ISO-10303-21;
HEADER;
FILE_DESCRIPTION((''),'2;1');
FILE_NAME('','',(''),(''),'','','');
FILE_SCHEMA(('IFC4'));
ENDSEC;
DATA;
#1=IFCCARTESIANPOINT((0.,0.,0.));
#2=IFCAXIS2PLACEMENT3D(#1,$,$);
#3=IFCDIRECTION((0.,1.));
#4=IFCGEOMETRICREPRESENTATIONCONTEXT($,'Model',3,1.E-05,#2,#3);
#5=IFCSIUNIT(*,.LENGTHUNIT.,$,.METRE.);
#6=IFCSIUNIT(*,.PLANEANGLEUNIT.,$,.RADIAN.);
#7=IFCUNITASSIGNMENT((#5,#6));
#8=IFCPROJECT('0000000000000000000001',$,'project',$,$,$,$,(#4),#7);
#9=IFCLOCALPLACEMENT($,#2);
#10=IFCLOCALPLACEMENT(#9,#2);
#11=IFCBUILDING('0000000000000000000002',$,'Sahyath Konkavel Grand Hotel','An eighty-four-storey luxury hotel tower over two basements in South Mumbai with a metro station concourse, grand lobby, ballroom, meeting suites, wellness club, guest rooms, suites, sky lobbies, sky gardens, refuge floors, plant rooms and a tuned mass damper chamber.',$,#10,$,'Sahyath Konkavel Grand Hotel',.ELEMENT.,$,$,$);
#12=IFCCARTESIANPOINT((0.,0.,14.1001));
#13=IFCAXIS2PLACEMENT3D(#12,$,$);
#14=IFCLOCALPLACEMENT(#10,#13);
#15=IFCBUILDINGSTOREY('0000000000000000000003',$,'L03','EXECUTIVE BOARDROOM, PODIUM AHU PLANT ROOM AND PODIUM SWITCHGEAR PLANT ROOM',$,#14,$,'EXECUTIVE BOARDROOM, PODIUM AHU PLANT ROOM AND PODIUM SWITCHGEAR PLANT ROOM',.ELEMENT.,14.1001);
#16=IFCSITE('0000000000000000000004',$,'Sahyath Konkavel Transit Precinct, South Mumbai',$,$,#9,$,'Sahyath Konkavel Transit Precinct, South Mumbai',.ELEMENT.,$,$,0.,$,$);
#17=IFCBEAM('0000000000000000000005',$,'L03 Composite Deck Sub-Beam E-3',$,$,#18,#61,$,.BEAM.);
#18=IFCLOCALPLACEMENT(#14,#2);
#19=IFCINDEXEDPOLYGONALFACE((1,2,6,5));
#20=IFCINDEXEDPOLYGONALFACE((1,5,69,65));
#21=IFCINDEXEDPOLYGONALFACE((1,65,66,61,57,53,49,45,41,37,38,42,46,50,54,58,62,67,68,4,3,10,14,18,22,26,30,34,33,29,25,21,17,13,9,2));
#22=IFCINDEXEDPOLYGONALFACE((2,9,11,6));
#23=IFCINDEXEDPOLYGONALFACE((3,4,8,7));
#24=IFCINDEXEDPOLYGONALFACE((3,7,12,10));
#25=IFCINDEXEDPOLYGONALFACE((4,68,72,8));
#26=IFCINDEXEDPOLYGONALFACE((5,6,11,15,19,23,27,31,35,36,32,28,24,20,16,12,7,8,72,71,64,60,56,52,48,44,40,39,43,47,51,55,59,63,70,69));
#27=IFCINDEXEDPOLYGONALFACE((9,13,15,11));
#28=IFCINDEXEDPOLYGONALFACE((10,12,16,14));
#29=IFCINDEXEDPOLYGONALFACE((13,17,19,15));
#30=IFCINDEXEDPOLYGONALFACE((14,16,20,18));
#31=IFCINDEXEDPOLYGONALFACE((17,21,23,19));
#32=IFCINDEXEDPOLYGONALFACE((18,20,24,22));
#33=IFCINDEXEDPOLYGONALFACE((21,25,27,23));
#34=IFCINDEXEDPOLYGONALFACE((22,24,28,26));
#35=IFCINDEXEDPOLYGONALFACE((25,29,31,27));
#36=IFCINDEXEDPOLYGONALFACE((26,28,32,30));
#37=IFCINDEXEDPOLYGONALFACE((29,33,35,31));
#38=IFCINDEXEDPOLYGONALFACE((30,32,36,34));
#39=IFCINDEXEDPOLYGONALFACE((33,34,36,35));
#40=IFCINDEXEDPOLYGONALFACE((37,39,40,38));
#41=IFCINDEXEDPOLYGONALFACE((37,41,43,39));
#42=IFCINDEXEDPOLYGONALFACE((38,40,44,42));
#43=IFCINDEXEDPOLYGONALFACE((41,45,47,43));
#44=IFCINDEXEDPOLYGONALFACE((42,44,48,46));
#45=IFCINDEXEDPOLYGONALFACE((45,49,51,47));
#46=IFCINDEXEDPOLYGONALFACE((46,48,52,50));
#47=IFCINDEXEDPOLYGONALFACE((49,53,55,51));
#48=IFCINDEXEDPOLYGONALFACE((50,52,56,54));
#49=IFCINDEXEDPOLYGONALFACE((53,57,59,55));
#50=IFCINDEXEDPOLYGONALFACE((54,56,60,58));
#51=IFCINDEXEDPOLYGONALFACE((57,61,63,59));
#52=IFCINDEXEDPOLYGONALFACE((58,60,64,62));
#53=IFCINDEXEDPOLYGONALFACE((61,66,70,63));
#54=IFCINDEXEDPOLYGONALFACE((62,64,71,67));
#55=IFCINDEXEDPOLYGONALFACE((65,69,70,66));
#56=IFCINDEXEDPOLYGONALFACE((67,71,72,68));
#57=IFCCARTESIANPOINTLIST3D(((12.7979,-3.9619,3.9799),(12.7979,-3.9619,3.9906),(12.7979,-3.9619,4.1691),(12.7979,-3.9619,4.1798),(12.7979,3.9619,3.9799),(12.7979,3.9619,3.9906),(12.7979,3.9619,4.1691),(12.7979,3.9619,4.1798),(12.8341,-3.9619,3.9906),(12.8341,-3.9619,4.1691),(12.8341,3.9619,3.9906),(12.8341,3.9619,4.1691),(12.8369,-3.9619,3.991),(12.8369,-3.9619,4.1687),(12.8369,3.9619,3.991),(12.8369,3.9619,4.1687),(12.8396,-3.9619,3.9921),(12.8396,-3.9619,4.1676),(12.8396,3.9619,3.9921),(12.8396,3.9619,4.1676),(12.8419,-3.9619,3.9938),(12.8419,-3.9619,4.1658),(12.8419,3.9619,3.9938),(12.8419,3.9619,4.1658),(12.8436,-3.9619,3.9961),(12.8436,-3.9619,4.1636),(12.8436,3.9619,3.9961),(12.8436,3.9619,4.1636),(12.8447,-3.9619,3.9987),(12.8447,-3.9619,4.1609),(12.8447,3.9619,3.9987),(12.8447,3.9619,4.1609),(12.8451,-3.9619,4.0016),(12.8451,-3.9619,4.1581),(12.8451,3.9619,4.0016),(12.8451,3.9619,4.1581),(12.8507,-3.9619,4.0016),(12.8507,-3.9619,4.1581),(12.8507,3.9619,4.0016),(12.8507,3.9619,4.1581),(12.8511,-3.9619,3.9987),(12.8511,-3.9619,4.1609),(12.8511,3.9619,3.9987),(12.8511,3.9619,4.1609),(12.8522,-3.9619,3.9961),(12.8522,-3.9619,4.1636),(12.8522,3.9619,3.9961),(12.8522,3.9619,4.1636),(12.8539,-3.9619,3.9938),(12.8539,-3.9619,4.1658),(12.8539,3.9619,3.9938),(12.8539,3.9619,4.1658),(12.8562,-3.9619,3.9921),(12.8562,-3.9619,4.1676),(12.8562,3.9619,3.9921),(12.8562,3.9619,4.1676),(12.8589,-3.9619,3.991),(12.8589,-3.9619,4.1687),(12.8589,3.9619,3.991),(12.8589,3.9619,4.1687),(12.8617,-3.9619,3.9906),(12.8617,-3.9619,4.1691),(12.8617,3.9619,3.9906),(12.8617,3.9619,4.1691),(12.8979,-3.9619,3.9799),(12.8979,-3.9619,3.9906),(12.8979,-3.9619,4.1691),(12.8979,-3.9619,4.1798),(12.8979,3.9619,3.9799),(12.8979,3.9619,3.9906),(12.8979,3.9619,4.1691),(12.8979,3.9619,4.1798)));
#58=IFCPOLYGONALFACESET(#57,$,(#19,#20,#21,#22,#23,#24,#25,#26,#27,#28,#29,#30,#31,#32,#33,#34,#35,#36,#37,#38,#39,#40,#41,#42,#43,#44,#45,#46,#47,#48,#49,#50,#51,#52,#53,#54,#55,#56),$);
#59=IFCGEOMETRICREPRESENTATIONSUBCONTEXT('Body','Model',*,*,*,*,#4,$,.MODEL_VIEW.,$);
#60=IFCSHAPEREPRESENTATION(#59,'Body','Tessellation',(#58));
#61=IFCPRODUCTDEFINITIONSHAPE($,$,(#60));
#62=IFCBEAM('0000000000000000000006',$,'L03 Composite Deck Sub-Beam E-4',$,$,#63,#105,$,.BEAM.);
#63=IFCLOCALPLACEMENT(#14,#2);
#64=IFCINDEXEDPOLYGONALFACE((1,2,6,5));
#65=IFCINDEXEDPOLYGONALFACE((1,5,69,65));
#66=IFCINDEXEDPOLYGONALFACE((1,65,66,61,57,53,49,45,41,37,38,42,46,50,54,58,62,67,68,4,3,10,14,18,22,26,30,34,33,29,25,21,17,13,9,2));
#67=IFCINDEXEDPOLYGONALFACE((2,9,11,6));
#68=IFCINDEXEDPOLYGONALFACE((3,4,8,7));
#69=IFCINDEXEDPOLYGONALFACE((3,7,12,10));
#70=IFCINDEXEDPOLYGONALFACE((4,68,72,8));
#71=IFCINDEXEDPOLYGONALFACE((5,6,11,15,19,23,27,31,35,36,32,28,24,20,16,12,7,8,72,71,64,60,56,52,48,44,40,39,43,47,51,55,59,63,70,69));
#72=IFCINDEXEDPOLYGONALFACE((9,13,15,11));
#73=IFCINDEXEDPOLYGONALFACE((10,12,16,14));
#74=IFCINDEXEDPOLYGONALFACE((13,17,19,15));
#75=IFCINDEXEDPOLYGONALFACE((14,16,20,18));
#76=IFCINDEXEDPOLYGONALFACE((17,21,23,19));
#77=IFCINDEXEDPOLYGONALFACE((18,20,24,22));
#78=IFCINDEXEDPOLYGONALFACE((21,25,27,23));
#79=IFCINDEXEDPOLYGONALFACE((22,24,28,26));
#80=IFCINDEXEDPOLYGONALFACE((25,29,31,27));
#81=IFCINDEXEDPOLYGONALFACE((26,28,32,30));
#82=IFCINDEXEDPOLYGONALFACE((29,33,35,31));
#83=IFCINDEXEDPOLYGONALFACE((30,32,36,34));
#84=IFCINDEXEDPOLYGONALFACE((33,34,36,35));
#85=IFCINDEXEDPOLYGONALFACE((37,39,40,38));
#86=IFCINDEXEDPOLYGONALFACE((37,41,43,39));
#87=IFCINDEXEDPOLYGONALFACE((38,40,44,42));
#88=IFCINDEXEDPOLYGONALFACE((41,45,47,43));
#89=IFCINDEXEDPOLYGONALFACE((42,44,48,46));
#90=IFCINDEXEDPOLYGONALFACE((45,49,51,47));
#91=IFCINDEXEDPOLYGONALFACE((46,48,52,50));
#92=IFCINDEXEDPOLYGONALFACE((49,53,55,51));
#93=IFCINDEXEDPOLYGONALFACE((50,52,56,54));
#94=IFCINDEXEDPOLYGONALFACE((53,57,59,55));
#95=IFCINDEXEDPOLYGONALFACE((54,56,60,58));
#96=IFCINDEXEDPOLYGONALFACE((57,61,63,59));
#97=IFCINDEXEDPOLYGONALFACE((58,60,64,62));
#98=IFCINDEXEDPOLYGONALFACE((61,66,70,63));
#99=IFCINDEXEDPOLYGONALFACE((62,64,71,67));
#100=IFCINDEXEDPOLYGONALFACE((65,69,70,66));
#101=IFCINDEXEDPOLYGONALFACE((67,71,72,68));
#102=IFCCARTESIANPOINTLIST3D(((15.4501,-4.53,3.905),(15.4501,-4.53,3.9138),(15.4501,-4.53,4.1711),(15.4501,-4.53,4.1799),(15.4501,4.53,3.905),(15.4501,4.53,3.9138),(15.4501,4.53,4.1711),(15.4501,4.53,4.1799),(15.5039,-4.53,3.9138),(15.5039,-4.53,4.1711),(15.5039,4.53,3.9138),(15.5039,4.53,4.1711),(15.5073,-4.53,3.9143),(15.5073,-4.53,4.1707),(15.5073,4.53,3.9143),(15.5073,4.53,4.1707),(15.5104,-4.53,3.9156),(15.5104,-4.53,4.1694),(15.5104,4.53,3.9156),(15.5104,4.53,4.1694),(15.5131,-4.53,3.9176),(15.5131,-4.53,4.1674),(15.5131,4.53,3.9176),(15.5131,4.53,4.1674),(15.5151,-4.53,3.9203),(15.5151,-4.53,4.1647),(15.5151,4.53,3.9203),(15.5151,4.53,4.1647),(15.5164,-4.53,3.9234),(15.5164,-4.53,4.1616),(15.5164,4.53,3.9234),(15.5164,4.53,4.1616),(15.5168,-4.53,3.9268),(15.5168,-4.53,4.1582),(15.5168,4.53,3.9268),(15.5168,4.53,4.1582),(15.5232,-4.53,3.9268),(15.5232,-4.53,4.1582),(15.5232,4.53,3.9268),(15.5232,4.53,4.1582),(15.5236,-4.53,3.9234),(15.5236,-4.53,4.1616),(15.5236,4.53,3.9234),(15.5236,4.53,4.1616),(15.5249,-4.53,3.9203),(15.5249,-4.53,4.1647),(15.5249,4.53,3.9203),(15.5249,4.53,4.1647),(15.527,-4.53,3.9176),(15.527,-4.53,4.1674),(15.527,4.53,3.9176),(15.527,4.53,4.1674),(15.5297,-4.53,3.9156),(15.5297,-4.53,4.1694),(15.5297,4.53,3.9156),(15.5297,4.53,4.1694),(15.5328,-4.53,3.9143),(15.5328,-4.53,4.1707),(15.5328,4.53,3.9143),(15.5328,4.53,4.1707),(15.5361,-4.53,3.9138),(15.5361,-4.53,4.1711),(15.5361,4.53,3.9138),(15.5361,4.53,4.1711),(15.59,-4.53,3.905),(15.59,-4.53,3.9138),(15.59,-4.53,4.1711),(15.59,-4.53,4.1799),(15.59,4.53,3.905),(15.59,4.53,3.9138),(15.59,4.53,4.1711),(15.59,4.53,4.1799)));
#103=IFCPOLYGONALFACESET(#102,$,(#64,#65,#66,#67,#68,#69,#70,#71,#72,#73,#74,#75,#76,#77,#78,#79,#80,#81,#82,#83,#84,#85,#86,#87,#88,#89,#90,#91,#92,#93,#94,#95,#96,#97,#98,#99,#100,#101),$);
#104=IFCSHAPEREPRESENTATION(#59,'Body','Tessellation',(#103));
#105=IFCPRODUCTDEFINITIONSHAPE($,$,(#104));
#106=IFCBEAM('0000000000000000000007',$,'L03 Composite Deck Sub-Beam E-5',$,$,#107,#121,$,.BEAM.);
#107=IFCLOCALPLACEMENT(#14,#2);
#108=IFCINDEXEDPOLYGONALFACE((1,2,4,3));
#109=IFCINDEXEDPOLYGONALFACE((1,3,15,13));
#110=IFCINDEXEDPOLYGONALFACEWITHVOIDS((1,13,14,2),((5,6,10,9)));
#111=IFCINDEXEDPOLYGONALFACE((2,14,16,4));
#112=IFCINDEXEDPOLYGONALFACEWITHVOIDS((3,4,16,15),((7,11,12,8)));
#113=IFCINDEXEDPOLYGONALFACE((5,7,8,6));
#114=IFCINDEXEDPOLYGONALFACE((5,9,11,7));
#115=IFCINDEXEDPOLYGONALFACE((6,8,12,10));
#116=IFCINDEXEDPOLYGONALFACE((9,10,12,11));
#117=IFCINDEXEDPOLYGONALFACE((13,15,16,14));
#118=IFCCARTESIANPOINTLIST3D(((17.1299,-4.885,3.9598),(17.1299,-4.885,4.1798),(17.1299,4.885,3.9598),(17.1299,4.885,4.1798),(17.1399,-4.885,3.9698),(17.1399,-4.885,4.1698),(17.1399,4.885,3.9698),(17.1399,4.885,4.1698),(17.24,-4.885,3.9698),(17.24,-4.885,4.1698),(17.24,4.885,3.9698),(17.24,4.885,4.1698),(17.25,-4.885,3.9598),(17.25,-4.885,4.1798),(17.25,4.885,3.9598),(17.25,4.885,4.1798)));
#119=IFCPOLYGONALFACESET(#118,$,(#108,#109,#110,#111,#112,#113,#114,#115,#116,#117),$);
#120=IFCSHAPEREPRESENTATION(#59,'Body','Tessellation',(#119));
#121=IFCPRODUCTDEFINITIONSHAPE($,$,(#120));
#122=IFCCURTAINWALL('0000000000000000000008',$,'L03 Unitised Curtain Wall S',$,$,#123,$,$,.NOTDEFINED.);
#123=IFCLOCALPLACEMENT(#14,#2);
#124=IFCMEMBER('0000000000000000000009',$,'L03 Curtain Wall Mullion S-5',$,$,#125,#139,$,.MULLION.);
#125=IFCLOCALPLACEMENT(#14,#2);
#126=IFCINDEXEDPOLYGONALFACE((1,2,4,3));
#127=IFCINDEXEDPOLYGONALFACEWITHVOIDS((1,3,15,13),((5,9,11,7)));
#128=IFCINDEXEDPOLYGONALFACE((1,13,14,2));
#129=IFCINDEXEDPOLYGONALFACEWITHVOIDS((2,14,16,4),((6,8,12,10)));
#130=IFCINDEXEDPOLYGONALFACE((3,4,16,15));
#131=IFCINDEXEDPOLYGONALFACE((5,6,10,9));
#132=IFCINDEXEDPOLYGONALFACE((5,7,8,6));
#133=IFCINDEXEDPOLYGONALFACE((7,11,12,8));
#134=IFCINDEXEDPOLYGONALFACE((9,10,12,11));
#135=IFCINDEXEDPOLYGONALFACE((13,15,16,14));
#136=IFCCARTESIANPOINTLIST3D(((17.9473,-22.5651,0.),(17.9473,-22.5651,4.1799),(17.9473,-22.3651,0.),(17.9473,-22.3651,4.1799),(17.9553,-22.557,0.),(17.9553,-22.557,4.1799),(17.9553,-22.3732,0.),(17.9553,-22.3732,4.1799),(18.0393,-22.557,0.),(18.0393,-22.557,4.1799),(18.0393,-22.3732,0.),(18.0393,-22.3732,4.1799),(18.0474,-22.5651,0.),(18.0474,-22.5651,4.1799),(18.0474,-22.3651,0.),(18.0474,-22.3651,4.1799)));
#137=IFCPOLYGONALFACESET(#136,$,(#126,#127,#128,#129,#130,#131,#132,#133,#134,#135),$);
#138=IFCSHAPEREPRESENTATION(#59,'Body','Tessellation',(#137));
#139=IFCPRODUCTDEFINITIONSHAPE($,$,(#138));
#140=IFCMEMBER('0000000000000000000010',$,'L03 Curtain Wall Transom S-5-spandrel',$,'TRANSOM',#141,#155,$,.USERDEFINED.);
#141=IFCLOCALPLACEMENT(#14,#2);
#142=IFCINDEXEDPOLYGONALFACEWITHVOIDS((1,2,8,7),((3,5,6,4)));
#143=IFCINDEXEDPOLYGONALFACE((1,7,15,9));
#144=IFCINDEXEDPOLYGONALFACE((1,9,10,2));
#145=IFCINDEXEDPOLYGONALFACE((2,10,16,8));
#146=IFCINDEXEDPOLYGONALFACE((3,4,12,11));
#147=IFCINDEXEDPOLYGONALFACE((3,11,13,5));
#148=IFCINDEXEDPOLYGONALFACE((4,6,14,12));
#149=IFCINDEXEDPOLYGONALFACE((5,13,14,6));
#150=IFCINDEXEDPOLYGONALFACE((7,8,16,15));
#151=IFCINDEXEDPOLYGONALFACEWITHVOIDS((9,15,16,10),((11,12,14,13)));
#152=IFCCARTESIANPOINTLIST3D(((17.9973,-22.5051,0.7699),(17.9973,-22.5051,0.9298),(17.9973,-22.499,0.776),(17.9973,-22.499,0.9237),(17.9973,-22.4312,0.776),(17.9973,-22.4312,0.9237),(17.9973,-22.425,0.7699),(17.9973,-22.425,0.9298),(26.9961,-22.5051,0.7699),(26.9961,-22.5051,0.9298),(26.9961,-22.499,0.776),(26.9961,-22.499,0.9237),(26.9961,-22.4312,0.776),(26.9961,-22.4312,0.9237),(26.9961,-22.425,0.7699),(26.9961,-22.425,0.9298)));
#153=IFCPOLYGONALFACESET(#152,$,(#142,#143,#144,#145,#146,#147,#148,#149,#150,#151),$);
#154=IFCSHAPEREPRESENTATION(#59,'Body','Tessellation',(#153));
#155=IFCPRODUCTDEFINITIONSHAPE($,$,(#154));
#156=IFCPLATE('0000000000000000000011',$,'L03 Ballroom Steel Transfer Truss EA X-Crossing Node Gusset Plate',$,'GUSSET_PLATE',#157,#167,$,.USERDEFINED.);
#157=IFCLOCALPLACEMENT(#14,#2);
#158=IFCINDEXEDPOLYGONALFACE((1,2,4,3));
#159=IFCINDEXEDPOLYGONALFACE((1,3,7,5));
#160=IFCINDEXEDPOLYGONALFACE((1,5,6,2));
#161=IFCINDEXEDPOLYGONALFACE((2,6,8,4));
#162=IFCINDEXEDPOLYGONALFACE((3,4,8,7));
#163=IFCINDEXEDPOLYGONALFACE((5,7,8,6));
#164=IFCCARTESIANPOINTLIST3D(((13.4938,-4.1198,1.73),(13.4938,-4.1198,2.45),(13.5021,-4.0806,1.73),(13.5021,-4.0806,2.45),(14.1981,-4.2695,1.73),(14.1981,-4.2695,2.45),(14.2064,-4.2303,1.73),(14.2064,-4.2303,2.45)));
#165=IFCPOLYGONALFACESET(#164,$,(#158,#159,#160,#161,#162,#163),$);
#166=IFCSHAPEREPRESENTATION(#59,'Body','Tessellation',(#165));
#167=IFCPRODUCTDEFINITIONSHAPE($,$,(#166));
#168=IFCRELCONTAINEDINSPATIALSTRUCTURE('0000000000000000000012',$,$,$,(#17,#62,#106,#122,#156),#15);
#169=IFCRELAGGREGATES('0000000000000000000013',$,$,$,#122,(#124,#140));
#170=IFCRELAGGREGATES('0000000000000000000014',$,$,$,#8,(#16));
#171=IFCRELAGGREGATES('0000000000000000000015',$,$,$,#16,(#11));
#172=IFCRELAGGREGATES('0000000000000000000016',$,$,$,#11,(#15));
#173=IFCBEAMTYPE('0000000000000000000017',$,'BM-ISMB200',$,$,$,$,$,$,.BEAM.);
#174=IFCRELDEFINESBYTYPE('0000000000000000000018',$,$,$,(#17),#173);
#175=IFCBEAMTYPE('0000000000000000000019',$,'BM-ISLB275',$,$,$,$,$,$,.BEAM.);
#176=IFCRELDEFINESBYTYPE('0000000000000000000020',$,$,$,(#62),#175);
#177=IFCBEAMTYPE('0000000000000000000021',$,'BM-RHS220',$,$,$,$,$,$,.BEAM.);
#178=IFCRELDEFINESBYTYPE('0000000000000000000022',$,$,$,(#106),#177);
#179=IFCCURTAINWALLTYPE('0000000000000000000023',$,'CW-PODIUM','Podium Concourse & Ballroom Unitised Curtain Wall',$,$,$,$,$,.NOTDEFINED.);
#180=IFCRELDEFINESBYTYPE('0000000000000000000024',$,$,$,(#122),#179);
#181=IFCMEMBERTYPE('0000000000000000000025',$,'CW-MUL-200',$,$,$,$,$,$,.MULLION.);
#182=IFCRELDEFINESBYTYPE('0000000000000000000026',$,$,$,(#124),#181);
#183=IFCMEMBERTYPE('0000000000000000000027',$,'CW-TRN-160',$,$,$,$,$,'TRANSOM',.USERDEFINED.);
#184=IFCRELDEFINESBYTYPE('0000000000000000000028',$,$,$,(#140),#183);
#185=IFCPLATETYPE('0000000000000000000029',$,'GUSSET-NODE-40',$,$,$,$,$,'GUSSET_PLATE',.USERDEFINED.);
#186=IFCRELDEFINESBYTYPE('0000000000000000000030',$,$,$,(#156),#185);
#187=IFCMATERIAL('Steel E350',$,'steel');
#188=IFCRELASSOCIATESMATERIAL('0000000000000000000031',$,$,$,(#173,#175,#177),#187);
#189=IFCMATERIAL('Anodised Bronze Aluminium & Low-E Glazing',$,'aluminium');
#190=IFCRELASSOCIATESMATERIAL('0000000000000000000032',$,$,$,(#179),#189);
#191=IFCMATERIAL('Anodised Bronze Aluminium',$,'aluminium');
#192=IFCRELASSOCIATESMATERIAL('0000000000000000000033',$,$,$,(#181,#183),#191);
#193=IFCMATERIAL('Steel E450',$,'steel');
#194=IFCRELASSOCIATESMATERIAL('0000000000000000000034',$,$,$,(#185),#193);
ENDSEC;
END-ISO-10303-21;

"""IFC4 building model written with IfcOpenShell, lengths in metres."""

from ifc_helpers import new_model, si_unit, direction, frame, origin, origin_2d, place, context, subcontext, project, spatial, rectangle, hollow_rectangle, i_section, extrude, source, transform, mapped, material, material_profile, profile_set, type_object, element, aggregate, save


model = new_model("IFC4")

# Units and contexts
model_context = context("Model", 3, precision=1e-05, world=origin(), true_north=direction((0.0, 1.0)))
body_context = subcontext(model_context, "Body", "Model", "MODEL_VIEW")
ifc_project = project(units=[si_unit("LENGTHUNIT", "METRE"), si_unit("PLANEANGLEUNIT", "RADIAN")], contexts=[model_context])

# Site, building, storey
site_placement = place(None, origin())
site = spatial("IfcSite", under=ifc_project, at=site_placement, Name="Sahyath Konkavel Transit Precinct, South Mumbai", LongName="Sahyath Konkavel Transit Precinct, South Mumbai", CompositionType="ELEMENT", RefElevation=0.0)
building_placement = place(site_placement, origin())
building = spatial("IfcBuilding", under=site, at=building_placement, Name="Sahyath Konkavel Grand Hotel", Description="An eighty-four-storey luxury hotel tower over two basements in South Mumbai with a metro station concourse, grand lobby, ballroom, meeting suites, wellness club, guest rooms, suites, sky lobbies, sky gardens, refuge floors, plant rooms and a tuned mass damper chamber.", LongName="Sahyath Konkavel Grand Hotel", CompositionType="ELEMENT")
storey_placement = place(building_placement, frame((0.0, 0.0, 14.1001)))
storey = spatial("IfcBuildingStorey", under=building, at=storey_placement, Name="L03", Description="EXECUTIVE BOARDROOM, PODIUM AHU PLANT ROOM AND PODIUM SWITCHGEAR PLANT ROOM", LongName="EXECUTIVE BOARDROOM, PODIUM AHU PLANT ROOM AND PODIUM SWITCHGEAR PLANT ROOM", CompositionType="ELEMENT", Elevation=14.1001)

# Shared definitions
ifc_material_1 = material(Name="Steel E350", Category="steel")

# Shared definitions
ifc_material_2 = material(Name="Steel E450", Category="steel")

# Beams
ifc_material_profile_1 = material_profile(ifc_material_1, i_section(OverallWidth=0.1001, OverallDepth=0.2, WebThickness=0.0056, FlangeThickness=0.0107, FilletRadius=0.011, at=origin_2d()), Name="ISMB 200")
ifc_profile_set_1 = profile_set([ifc_material_profile_1], Name="Steel E350")
beam_type_1 = type_object("IfcBeamType", Name="BM-ISMB200", PredefinedType="BEAM", material=ifc_profile_set_1)
shared_shape_1 = source(origin(), body_context, "Body", "SweptSolid", [
    extrude(i_section(OverallWidth=0.1001, OverallDepth=0.2, WebThickness=0.0056, FlangeThickness=0.0107, FilletRadius=0.011, at=origin_2d()), origin(), (0.0, 0.0, 1.0), 7.9238),
])
beam_1_placement = place(storey_placement, frame((12.8479, -3.9619, 4.0798), z_axis=(0.0, 1.0, 0.0), x_axis=(-1.0, 0.0, 0.0)))
element("IfcBeam", 1, at=beam_1_placement, inside=storey, type_object=beam_type_1, Name="L03 Composite Deck Sub-Beam E-3", PredefinedType="BEAM", context=body_context, shape_type="MappedRepresentation", body=[
    mapped(shared_shape_1, transform((0.0, 0.0, 0.0), scale=1.0)),
])
ifc_material_profile_2 = material_profile(ifc_material_1, i_section(OverallWidth=0.1399, OverallDepth=0.2749, WebThickness=0.0063, FlangeThickness=0.0088, FilletRadius=0.0129, at=origin_2d()), Name="ISLB 275")
ifc_profile_set_2 = profile_set([ifc_material_profile_2], Name="Steel E350")
beam_type_2 = type_object("IfcBeamType", Name="BM-ISLB275", PredefinedType="BEAM", material=ifc_profile_set_2)
shared_shape_2 = source(origin(), body_context, "Body", "SweptSolid", [
    extrude(i_section(OverallWidth=0.1399, OverallDepth=0.2749, WebThickness=0.0063, FlangeThickness=0.0088, FilletRadius=0.0129, at=origin_2d()), origin(), (0.0, 0.0, 1.0), 9.0601),
])
beam_2_placement = place(storey_placement, frame((15.52, -4.53, 4.0425), z_axis=(0.0, 1.0, 0.0), x_axis=(-1.0, 0.0, 0.0)))
element("IfcBeam", 2, at=beam_2_placement, inside=storey, type_object=beam_type_2, Name="L03 Composite Deck Sub-Beam E-4", PredefinedType="BEAM", context=body_context, shape_type="MappedRepresentation", body=[
    mapped(shared_shape_2, transform((0.0, 0.0, 0.0), scale=1.0)),
])
ifc_material_profile_3 = material_profile(ifc_material_1, hollow_rectangle(XDim=0.1201, YDim=0.22, WallThickness=0.01, at=origin_2d()), Name="RHS 220x120x10")
ifc_profile_set_3 = profile_set([ifc_material_profile_3], Name="Steel E350")
beam_type_3 = type_object("IfcBeamType", Name="BM-RHS220", PredefinedType="BEAM", material=ifc_profile_set_3)
shared_shape_3 = source(origin(), body_context, "Body", "SweptSolid", [
    extrude(hollow_rectangle(XDim=0.1201, YDim=0.22, WallThickness=0.01, at=origin_2d()), origin(), (0.0, 0.0, 1.0), 9.77),
])
beam_3_placement = place(storey_placement, frame((17.1899, -4.885, 4.0698), z_axis=(0.0, 1.0, 0.0), x_axis=(-1.0, 0.0, 0.0)))
element("IfcBeam", 3, at=beam_3_placement, inside=storey, type_object=beam_type_3, Name="L03 Composite Deck Sub-Beam E-5", PredefinedType="BEAM", context=body_context, shape_type="MappedRepresentation", body=[
    mapped(shared_shape_3, transform((0.0, 0.0, 0.0), scale=1.0)),
])

# Curtain wall, members
ifc_material_3 = material(Name="Anodised Bronze Aluminium & Low-E Glazing", Category="aluminium")
curtain_wall_type = type_object("IfcCurtainWallType", Name="CW-PODIUM", Description="Podium Concourse & Ballroom Unitised Curtain Wall", PredefinedType="NOTDEFINED", material=ifc_material_3)
curtain_wall_placement = place(storey_placement, origin())
curtain_wall = element("IfcCurtainWall", 4, at=curtain_wall_placement, inside=storey, type_object=curtain_wall_type, Name="L03 Unitised Curtain Wall S", PredefinedType="NOTDEFINED")
ifc_material_4 = material(Name="Anodised Bronze Aluminium", Category="aluminium")
ifc_material_profile_4 = material_profile(ifc_material_4, hollow_rectangle(XDim=0.1001, YDim=0.2, WallThickness=0.0081, at=origin_2d()), Name="RHS 200x100x8")
ifc_profile_set_4 = profile_set([ifc_material_profile_4], Name="Anodised Bronze Aluminium")
member_type_1 = type_object("IfcMemberType", Name="CW-MUL-200", PredefinedType="MULLION", material=ifc_profile_set_4)
shared_shape_4 = source(origin(), body_context, "Body", "SweptSolid", [
    extrude(hollow_rectangle(XDim=0.1001, YDim=0.2, WallThickness=0.0081, at=origin_2d()), origin(), (0.0, 0.0, 1.0), 4.1799),
])
member_1_placement = place(storey_placement, frame((17.9973, -22.4651, 0.0), z_axis=(0.0, 0.0, 1.0), x_axis=(1.0, 0.0, 0.0)))
member_1 = element("IfcMember", 5, at=member_1_placement, type_object=member_type_1, Name="L03 Curtain Wall Mullion S-5", PredefinedType="MULLION", context=body_context, shape_type="MappedRepresentation", body=[
    mapped(shared_shape_4, transform((0.0, 0.0, 0.0), scale=1.0)),
])
ifc_material_profile_5 = material_profile(ifc_material_4, hollow_rectangle(XDim=0.0801, YDim=0.1599, WallThickness=0.0061, at=origin_2d()), Name="RHS 160x80x6")
ifc_profile_set_5 = profile_set([ifc_material_profile_5], Name="Anodised Bronze Aluminium")
member_type_2 = type_object("IfcMemberType", Name="CW-TRN-160", ElementType="TRANSOM", PredefinedType="USERDEFINED", material=ifc_profile_set_5)
shared_shape_5 = source(origin(), body_context, "Body", "SweptSolid", [
    extrude(hollow_rectangle(XDim=0.0801, YDim=0.1599, WallThickness=0.0061, at=origin_2d()), origin(), (0.0, 0.0, 1.0), 8.9988),
])
member_2_placement = place(storey_placement, frame((17.9973, -22.4651, 0.8499), z_axis=(1.0, 0.0, 0.0), x_axis=(0.0, 1.0, 0.0)))
member_2 = element("IfcMember", 6, at=member_2_placement, type_object=member_type_2, Name="L03 Curtain Wall Transom S-5-spandrel", ObjectType="TRANSOM", PredefinedType="USERDEFINED", context=body_context, shape_type="MappedRepresentation", body=[
    mapped(shared_shape_5, transform((0.0, 0.0, 0.0), scale=1.0)),
])

# Plate
plate_type_1 = type_object("IfcPlateType", Name="GUSSET-NODE-40", ElementType="GUSSET_PLATE", PredefinedType="USERDEFINED", material=ifc_material_2)
shared_shape_6 = source(origin(), body_context, "Body", "SweptSolid", [
    extrude(rectangle(XDim=0.72, YDim=0.04, at=origin_2d()), origin(), (0.0, 0.0, 1.0), 0.72),
])
plate_1_placement = place(storey_placement, frame((13.8501, -4.175, 1.73), z_axis=(0.0, 0.0, 1.0), x_axis=(0.978144, -0.207929, 0.0)))
element("IfcPlate", 7, at=plate_1_placement, inside=storey, type_object=plate_type_1, Name="L03 Ballroom Steel Transfer Truss EA X-Crossing Node Gusset Plate", ObjectType="GUSSET_PLATE", PredefinedType="USERDEFINED", context=body_context, shape_type="MappedRepresentation", body=[
    mapped(shared_shape_6, transform((0.0, 0.0, 0.0), scale=1.0)),
])

aggregate(curtain_wall, [member_1, member_2])

save(model, "model.ifc")
